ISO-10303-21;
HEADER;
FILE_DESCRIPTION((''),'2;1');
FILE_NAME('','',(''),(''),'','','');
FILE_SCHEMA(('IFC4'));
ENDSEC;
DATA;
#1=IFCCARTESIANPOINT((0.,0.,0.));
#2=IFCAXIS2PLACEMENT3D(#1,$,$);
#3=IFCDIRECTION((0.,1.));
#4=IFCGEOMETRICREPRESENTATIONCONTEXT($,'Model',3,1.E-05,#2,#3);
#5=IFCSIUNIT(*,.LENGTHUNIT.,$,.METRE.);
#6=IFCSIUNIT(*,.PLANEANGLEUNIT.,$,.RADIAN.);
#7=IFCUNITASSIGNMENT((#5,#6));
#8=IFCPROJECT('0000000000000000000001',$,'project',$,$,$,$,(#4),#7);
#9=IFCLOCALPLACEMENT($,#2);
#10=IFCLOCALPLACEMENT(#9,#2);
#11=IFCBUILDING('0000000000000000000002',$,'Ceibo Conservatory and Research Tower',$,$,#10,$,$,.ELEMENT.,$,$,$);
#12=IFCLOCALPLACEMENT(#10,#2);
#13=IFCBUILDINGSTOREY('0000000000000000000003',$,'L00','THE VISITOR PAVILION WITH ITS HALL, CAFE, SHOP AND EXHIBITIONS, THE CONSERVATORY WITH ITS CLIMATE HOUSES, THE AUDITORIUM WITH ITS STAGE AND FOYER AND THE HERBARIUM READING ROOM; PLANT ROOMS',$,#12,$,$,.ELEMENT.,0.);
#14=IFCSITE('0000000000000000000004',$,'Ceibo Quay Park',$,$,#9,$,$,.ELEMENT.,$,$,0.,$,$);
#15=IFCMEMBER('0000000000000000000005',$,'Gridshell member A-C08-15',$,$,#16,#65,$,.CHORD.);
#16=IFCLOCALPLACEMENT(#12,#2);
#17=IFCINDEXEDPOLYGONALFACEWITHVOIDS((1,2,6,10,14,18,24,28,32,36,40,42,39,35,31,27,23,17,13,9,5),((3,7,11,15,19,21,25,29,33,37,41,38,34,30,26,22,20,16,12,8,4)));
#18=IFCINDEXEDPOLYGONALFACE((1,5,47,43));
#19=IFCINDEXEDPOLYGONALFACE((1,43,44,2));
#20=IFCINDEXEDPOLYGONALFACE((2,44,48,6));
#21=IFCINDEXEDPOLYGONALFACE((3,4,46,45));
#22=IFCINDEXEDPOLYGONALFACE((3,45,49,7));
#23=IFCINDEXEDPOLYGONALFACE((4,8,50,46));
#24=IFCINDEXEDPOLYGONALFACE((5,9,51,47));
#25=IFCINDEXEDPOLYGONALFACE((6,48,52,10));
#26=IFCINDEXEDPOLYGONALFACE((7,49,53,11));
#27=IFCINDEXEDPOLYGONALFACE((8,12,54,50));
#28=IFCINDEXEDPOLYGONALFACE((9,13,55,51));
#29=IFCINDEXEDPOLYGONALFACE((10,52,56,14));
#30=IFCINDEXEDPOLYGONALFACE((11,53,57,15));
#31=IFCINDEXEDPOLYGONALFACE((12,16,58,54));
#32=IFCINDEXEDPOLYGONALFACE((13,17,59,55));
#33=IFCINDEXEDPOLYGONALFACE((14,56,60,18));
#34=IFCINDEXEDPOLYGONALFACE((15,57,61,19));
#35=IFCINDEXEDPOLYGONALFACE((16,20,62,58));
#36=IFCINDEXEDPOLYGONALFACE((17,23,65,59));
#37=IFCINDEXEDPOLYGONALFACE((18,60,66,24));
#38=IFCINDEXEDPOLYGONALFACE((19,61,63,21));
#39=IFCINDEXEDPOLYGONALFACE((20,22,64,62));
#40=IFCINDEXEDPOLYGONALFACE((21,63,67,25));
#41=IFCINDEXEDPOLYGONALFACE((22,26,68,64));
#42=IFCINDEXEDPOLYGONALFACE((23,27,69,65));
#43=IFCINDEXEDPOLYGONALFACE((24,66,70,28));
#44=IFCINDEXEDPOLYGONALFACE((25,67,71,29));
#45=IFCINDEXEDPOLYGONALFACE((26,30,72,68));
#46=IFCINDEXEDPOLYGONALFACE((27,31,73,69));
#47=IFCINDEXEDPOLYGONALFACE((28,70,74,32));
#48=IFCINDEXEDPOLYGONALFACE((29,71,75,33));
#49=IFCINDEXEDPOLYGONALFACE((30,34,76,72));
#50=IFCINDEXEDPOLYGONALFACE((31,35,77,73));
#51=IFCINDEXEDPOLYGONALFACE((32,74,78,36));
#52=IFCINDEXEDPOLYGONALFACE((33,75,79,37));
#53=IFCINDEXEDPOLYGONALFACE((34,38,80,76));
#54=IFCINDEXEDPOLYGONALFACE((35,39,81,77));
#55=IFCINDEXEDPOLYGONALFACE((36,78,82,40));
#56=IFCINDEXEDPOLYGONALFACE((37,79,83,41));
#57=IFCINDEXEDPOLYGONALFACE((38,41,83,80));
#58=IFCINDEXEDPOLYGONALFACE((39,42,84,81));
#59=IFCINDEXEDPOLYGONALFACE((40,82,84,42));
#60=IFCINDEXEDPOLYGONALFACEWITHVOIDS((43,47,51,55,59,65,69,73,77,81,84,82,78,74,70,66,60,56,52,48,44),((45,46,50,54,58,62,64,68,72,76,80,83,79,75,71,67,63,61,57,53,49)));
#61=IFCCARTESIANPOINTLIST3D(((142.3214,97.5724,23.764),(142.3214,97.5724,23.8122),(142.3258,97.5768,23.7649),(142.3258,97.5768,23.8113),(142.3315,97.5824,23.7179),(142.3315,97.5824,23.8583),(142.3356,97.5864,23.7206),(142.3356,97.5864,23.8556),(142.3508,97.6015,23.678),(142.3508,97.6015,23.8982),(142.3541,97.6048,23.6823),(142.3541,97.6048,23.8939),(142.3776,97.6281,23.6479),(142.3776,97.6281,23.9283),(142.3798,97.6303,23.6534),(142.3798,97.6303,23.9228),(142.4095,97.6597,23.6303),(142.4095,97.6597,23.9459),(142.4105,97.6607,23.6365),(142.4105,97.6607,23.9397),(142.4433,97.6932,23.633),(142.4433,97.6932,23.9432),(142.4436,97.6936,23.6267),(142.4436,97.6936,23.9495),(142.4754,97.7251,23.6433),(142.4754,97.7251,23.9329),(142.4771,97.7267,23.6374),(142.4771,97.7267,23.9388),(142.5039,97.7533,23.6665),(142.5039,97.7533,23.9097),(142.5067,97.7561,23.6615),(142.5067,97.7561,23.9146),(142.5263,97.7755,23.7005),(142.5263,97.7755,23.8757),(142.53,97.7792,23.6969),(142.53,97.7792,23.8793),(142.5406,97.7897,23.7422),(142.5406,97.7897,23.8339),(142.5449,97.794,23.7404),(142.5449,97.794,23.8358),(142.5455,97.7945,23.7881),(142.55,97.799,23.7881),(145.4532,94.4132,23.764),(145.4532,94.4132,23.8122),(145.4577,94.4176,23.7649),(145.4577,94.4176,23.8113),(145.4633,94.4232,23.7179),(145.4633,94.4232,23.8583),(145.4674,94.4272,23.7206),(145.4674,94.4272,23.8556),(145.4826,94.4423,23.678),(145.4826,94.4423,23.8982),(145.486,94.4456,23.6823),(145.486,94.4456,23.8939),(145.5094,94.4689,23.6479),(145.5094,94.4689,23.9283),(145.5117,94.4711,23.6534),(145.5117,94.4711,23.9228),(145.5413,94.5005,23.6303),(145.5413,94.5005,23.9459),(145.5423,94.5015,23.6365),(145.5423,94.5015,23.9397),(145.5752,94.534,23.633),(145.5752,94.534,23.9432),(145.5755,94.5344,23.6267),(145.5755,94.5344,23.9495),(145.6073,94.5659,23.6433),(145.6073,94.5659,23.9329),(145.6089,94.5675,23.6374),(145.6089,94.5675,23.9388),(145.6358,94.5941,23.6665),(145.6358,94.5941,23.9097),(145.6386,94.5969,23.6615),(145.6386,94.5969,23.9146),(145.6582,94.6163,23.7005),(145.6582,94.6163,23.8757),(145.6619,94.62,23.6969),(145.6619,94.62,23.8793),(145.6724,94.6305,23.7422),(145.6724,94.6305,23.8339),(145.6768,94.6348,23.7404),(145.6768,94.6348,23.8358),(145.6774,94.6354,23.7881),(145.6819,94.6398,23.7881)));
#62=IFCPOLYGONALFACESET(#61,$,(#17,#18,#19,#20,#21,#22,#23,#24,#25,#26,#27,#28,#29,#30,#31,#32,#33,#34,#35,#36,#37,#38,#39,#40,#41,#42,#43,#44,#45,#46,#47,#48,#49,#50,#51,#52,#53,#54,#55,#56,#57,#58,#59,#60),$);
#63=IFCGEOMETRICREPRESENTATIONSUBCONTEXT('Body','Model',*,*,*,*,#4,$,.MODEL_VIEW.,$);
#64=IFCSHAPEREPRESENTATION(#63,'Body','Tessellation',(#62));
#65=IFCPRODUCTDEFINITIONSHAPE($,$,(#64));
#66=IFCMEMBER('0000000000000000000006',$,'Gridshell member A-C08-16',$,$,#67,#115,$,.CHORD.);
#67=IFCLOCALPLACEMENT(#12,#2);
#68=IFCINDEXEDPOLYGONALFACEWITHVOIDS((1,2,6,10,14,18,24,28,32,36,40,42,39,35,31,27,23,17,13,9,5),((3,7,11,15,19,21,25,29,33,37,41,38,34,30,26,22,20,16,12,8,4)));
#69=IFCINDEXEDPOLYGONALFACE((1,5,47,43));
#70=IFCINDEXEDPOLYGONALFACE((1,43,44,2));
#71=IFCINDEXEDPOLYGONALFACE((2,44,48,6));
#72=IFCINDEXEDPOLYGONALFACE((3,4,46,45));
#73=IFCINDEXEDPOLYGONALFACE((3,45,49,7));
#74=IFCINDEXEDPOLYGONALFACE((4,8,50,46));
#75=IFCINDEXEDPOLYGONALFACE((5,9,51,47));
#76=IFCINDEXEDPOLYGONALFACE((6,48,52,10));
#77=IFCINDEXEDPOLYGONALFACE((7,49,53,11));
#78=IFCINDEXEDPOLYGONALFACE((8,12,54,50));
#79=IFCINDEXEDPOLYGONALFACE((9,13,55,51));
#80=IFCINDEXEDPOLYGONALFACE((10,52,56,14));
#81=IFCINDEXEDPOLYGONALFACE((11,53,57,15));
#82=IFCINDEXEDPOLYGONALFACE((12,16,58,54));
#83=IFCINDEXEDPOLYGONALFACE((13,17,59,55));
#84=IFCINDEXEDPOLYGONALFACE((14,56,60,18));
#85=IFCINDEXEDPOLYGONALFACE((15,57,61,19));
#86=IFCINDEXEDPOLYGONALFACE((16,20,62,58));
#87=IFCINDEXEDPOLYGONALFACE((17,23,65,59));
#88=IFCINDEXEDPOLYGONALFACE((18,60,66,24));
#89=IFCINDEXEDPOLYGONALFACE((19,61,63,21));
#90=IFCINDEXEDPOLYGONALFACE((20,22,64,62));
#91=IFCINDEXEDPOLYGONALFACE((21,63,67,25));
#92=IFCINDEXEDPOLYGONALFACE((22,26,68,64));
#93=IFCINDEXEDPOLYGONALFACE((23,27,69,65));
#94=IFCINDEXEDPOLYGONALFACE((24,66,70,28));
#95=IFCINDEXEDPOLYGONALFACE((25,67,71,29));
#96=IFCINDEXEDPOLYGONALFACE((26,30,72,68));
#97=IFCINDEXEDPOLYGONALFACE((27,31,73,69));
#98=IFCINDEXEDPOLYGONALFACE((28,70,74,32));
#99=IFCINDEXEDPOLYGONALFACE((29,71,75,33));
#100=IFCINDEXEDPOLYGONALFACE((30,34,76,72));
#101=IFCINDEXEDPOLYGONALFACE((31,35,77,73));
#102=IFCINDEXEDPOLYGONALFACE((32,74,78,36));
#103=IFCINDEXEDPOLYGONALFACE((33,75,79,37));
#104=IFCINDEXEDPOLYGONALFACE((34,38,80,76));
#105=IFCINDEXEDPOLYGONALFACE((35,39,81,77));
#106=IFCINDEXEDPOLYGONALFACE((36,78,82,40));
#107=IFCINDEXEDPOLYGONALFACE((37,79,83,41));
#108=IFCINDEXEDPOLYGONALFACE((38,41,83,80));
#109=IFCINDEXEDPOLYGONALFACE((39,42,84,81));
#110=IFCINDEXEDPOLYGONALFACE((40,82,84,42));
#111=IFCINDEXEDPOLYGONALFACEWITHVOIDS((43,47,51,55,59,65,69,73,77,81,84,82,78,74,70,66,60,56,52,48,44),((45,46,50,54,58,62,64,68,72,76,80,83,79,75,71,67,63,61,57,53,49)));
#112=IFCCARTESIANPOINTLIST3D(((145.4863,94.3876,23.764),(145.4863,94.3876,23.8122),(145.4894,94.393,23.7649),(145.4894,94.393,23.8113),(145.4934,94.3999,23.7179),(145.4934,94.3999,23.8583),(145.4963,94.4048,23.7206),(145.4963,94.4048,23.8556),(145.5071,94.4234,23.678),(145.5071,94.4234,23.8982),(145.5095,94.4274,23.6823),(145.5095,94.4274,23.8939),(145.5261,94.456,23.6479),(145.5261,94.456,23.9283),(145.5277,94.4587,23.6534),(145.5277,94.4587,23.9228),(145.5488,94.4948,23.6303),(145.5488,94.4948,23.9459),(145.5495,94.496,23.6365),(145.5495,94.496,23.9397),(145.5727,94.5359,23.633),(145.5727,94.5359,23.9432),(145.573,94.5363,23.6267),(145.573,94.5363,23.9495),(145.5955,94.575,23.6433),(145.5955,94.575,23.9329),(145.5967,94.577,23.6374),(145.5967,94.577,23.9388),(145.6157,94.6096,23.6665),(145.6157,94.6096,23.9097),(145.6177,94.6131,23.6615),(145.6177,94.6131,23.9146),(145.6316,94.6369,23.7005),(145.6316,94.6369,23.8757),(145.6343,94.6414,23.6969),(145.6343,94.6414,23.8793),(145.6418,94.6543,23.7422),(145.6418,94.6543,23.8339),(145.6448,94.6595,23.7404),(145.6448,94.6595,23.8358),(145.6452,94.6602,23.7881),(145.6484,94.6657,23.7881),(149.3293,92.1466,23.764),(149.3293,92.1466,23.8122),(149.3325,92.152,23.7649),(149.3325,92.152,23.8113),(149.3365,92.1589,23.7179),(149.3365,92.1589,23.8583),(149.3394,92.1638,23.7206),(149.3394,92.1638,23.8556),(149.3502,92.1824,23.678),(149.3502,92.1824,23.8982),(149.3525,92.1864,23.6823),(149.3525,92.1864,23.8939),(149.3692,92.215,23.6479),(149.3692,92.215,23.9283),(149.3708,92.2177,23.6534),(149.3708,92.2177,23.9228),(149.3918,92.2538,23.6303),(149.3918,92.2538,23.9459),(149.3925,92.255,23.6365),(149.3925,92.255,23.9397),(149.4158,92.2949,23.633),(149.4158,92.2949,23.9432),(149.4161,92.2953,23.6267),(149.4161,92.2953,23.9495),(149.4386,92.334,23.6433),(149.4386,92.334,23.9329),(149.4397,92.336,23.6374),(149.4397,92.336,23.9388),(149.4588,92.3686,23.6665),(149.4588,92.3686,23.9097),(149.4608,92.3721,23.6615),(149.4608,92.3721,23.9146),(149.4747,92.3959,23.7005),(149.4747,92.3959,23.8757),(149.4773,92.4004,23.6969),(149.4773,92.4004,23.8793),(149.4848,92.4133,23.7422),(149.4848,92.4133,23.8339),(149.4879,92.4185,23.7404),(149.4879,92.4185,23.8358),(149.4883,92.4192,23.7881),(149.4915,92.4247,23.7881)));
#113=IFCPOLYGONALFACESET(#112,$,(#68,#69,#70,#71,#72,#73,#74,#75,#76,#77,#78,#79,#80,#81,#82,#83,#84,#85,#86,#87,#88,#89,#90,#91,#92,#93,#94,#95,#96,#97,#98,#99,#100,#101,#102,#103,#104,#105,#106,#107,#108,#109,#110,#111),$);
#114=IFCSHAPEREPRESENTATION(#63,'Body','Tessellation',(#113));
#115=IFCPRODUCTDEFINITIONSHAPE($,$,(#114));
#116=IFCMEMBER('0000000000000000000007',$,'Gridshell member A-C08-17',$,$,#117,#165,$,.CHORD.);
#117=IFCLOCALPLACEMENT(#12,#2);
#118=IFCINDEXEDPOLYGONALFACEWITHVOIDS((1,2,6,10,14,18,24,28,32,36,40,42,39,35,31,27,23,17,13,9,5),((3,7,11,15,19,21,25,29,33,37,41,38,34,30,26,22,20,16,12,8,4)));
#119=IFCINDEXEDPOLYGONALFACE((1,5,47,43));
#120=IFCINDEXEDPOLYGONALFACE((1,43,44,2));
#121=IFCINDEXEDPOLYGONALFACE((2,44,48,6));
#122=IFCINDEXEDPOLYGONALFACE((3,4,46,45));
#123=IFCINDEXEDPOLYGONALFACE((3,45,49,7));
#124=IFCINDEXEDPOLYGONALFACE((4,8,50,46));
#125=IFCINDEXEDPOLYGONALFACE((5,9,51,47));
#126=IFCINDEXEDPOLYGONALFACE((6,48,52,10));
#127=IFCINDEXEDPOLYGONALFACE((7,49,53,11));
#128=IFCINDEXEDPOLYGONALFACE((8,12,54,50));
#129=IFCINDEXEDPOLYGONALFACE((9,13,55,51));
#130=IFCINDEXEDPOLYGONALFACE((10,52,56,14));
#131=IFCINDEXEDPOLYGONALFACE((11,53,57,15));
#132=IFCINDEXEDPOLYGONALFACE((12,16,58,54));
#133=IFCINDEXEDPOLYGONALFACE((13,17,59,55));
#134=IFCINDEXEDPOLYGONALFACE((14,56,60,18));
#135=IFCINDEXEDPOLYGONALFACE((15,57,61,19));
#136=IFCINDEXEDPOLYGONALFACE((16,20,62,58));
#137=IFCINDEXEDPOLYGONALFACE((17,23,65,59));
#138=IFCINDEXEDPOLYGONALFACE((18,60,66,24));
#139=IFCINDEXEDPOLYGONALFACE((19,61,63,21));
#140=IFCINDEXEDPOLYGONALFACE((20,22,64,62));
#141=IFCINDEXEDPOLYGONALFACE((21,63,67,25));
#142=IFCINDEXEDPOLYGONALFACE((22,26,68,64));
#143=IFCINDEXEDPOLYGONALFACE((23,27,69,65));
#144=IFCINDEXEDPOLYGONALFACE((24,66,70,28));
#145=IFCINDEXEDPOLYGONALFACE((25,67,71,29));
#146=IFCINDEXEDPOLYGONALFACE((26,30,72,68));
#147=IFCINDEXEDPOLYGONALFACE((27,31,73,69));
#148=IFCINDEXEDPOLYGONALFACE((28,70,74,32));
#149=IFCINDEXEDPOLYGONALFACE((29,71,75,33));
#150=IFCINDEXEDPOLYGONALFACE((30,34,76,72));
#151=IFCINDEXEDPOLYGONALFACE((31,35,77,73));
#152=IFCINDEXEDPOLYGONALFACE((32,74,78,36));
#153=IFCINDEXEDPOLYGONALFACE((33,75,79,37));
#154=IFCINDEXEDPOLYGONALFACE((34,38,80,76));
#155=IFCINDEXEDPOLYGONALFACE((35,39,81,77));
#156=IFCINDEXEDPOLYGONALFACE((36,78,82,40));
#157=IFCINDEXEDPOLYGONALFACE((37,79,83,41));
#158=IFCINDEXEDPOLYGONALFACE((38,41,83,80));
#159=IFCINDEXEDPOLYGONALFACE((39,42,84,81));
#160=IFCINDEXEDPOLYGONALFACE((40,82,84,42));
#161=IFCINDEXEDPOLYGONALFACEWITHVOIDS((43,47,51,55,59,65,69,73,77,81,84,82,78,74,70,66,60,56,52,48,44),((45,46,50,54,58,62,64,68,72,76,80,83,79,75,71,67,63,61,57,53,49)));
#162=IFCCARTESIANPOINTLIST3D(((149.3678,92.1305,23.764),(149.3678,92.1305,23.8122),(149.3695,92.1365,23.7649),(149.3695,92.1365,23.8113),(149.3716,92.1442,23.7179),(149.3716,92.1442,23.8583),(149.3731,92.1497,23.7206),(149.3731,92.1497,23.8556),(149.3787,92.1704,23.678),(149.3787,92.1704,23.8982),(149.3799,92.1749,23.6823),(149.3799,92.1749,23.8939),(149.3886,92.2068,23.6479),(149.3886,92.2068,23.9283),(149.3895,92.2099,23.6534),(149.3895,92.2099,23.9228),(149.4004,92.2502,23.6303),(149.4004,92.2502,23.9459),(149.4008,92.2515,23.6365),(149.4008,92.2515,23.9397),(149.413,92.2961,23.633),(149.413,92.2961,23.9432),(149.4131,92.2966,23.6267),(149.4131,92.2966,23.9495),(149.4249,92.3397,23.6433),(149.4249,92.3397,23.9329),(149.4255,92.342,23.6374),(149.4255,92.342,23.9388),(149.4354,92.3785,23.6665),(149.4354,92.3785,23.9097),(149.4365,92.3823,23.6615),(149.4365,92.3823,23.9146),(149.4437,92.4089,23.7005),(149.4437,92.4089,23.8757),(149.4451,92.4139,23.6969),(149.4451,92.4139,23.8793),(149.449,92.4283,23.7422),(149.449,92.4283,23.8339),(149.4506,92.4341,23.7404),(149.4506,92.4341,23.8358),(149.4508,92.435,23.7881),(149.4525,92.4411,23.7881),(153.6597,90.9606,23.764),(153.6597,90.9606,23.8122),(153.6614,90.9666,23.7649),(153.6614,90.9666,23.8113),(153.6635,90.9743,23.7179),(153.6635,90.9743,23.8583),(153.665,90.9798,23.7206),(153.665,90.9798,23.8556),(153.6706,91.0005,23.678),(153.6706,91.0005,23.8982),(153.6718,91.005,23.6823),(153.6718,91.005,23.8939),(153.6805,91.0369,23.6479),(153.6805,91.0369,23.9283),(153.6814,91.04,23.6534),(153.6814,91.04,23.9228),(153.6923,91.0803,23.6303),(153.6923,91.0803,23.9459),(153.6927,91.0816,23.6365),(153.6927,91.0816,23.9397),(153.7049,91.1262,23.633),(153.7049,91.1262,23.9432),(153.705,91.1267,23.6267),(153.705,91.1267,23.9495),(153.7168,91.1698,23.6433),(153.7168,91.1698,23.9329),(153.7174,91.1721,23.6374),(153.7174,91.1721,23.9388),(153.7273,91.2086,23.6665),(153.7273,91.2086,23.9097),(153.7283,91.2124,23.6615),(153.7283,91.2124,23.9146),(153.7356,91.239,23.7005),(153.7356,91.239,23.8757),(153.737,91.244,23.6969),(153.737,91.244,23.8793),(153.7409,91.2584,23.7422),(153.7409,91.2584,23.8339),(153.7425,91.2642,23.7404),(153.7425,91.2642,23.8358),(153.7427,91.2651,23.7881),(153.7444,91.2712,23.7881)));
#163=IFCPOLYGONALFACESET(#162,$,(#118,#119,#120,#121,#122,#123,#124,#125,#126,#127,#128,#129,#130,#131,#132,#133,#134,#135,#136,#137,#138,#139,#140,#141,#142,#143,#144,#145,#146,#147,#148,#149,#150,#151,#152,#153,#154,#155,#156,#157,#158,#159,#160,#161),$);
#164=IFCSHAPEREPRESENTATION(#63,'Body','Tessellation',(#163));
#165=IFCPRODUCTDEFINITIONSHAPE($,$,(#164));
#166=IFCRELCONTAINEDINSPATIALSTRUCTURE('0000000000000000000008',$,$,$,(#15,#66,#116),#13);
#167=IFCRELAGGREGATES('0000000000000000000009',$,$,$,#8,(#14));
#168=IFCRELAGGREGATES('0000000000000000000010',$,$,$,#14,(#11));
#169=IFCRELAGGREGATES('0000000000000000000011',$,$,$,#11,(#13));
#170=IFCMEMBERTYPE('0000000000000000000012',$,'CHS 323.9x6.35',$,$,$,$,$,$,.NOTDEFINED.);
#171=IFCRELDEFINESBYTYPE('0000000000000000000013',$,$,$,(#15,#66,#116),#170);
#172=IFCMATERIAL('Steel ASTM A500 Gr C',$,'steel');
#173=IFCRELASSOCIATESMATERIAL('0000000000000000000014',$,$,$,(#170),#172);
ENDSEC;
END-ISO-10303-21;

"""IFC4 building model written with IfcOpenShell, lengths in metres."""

from ifc_helpers import new_model, si_unit, direction, frame, origin, origin_2d, place, context, subcontext, project, spatial, hollow_circle, extrude, material, material_profile, profile_set, type_object, element, save


model = new_model("IFC4")

# Units and contexts
model_context = context("Model", 3, precision=1e-05, world=origin(), true_north=direction((0.0, 1.0)))
body_context = subcontext(model_context, "Body", "Model", "MODEL_VIEW")
ifc_project = project(units=[si_unit("LENGTHUNIT", "METRE"), si_unit("PLANEANGLEUNIT", "RADIAN")], contexts=[model_context])

# Site, building, storey
site_placement = place(None, origin())
site = spatial("IfcSite", under=ifc_project, at=site_placement, Name="Ceibo Quay Park", CompositionType="ELEMENT", RefElevation=0.0)
building_placement = place(site_placement, origin())
building = spatial("IfcBuilding", under=site, at=building_placement, Name="Ceibo Conservatory and Research Tower", CompositionType="ELEMENT")
storey_placement = place(building_placement, origin())
storey = spatial("IfcBuildingStorey", under=building, at=storey_placement, Name="L00", Description="THE VISITOR PAVILION WITH ITS HALL, CAFE, SHOP AND EXHIBITIONS, THE CONSERVATORY WITH ITS CLIMATE HOUSES, THE AUDITORIUM WITH ITS STAGE AND FOYER AND THE HERBARIUM READING ROOM; PLANT ROOMS", CompositionType="ELEMENT", Elevation=0.0)

# Members
ifc_material_1 = material(Name="Steel ASTM A500 Gr C", Category="steel")
ifc_material_profile_1 = material_profile(ifc_material_1, hollow_circle(Radius=0.1619, WallThickness=0.0063, at=origin_2d()), Name="CHS 323.9x6.35")
ifc_profile_set_1 = profile_set([ifc_material_profile_1], Name="Steel ASTM A500 Gr C")
member_type_1 = type_object("IfcMemberType", Name="CHS 323.9x6.35", PredefinedType="NOTDEFINED", material=ifc_profile_set_1)
member_1_placement = place(storey_placement, frame((142.4351, 97.6851, 23.7881), z_axis=(0.704027, -0.710173, 0.0), x_axis=(0.710173, 0.704027, 0.0)))
element("IfcMember", 1, at=member_1_placement, inside=storey, type_object=member_type_1, Name="Gridshell member A-C08-15", PredefinedType="CHORD", context=body_context, shape_type="SweptSolid", body=[
    extrude(hollow_circle(Radius=0.1619, WallThickness=0.0063, at=origin_2d()), origin(), (0.0, 0.0, 1.0), 4.4485),
])
member_2_placement = place(storey_placement, frame((145.5669, 94.5259, 23.7881), z_axis=(0.863857, -0.503738, 0.0), x_axis=(0.503738, 0.863857, 0.0)))
element("IfcMember", 2, at=member_2_placement, inside=storey, type_object=member_type_1, Name="Gridshell member A-C08-16", PredefinedType="CHORD", context=body_context, shape_type="SweptSolid", body=[
    extrude(hollow_circle(Radius=0.1619, WallThickness=0.0063, at=origin_2d()), origin(), (0.0, 0.0, 1.0), 4.4487),
])
member_3_placement = place(storey_placement, frame((149.4099, 92.2849, 23.7881), z_axis=(0.964799, -0.262987, 0.0), x_axis=(0.262987, 0.964799, 0.0)))
element("IfcMember", 3, at=member_3_placement, inside=storey, type_object=member_type_1, Name="Gridshell member A-C08-17", PredefinedType="CHORD", context=body_context, shape_type="SweptSolid", body=[
    extrude(hollow_circle(Radius=0.1619, WallThickness=0.0063, at=origin_2d()), origin(), (0.0, 0.0, 1.0), 4.4485),
])

save(model, "model.ifc")
